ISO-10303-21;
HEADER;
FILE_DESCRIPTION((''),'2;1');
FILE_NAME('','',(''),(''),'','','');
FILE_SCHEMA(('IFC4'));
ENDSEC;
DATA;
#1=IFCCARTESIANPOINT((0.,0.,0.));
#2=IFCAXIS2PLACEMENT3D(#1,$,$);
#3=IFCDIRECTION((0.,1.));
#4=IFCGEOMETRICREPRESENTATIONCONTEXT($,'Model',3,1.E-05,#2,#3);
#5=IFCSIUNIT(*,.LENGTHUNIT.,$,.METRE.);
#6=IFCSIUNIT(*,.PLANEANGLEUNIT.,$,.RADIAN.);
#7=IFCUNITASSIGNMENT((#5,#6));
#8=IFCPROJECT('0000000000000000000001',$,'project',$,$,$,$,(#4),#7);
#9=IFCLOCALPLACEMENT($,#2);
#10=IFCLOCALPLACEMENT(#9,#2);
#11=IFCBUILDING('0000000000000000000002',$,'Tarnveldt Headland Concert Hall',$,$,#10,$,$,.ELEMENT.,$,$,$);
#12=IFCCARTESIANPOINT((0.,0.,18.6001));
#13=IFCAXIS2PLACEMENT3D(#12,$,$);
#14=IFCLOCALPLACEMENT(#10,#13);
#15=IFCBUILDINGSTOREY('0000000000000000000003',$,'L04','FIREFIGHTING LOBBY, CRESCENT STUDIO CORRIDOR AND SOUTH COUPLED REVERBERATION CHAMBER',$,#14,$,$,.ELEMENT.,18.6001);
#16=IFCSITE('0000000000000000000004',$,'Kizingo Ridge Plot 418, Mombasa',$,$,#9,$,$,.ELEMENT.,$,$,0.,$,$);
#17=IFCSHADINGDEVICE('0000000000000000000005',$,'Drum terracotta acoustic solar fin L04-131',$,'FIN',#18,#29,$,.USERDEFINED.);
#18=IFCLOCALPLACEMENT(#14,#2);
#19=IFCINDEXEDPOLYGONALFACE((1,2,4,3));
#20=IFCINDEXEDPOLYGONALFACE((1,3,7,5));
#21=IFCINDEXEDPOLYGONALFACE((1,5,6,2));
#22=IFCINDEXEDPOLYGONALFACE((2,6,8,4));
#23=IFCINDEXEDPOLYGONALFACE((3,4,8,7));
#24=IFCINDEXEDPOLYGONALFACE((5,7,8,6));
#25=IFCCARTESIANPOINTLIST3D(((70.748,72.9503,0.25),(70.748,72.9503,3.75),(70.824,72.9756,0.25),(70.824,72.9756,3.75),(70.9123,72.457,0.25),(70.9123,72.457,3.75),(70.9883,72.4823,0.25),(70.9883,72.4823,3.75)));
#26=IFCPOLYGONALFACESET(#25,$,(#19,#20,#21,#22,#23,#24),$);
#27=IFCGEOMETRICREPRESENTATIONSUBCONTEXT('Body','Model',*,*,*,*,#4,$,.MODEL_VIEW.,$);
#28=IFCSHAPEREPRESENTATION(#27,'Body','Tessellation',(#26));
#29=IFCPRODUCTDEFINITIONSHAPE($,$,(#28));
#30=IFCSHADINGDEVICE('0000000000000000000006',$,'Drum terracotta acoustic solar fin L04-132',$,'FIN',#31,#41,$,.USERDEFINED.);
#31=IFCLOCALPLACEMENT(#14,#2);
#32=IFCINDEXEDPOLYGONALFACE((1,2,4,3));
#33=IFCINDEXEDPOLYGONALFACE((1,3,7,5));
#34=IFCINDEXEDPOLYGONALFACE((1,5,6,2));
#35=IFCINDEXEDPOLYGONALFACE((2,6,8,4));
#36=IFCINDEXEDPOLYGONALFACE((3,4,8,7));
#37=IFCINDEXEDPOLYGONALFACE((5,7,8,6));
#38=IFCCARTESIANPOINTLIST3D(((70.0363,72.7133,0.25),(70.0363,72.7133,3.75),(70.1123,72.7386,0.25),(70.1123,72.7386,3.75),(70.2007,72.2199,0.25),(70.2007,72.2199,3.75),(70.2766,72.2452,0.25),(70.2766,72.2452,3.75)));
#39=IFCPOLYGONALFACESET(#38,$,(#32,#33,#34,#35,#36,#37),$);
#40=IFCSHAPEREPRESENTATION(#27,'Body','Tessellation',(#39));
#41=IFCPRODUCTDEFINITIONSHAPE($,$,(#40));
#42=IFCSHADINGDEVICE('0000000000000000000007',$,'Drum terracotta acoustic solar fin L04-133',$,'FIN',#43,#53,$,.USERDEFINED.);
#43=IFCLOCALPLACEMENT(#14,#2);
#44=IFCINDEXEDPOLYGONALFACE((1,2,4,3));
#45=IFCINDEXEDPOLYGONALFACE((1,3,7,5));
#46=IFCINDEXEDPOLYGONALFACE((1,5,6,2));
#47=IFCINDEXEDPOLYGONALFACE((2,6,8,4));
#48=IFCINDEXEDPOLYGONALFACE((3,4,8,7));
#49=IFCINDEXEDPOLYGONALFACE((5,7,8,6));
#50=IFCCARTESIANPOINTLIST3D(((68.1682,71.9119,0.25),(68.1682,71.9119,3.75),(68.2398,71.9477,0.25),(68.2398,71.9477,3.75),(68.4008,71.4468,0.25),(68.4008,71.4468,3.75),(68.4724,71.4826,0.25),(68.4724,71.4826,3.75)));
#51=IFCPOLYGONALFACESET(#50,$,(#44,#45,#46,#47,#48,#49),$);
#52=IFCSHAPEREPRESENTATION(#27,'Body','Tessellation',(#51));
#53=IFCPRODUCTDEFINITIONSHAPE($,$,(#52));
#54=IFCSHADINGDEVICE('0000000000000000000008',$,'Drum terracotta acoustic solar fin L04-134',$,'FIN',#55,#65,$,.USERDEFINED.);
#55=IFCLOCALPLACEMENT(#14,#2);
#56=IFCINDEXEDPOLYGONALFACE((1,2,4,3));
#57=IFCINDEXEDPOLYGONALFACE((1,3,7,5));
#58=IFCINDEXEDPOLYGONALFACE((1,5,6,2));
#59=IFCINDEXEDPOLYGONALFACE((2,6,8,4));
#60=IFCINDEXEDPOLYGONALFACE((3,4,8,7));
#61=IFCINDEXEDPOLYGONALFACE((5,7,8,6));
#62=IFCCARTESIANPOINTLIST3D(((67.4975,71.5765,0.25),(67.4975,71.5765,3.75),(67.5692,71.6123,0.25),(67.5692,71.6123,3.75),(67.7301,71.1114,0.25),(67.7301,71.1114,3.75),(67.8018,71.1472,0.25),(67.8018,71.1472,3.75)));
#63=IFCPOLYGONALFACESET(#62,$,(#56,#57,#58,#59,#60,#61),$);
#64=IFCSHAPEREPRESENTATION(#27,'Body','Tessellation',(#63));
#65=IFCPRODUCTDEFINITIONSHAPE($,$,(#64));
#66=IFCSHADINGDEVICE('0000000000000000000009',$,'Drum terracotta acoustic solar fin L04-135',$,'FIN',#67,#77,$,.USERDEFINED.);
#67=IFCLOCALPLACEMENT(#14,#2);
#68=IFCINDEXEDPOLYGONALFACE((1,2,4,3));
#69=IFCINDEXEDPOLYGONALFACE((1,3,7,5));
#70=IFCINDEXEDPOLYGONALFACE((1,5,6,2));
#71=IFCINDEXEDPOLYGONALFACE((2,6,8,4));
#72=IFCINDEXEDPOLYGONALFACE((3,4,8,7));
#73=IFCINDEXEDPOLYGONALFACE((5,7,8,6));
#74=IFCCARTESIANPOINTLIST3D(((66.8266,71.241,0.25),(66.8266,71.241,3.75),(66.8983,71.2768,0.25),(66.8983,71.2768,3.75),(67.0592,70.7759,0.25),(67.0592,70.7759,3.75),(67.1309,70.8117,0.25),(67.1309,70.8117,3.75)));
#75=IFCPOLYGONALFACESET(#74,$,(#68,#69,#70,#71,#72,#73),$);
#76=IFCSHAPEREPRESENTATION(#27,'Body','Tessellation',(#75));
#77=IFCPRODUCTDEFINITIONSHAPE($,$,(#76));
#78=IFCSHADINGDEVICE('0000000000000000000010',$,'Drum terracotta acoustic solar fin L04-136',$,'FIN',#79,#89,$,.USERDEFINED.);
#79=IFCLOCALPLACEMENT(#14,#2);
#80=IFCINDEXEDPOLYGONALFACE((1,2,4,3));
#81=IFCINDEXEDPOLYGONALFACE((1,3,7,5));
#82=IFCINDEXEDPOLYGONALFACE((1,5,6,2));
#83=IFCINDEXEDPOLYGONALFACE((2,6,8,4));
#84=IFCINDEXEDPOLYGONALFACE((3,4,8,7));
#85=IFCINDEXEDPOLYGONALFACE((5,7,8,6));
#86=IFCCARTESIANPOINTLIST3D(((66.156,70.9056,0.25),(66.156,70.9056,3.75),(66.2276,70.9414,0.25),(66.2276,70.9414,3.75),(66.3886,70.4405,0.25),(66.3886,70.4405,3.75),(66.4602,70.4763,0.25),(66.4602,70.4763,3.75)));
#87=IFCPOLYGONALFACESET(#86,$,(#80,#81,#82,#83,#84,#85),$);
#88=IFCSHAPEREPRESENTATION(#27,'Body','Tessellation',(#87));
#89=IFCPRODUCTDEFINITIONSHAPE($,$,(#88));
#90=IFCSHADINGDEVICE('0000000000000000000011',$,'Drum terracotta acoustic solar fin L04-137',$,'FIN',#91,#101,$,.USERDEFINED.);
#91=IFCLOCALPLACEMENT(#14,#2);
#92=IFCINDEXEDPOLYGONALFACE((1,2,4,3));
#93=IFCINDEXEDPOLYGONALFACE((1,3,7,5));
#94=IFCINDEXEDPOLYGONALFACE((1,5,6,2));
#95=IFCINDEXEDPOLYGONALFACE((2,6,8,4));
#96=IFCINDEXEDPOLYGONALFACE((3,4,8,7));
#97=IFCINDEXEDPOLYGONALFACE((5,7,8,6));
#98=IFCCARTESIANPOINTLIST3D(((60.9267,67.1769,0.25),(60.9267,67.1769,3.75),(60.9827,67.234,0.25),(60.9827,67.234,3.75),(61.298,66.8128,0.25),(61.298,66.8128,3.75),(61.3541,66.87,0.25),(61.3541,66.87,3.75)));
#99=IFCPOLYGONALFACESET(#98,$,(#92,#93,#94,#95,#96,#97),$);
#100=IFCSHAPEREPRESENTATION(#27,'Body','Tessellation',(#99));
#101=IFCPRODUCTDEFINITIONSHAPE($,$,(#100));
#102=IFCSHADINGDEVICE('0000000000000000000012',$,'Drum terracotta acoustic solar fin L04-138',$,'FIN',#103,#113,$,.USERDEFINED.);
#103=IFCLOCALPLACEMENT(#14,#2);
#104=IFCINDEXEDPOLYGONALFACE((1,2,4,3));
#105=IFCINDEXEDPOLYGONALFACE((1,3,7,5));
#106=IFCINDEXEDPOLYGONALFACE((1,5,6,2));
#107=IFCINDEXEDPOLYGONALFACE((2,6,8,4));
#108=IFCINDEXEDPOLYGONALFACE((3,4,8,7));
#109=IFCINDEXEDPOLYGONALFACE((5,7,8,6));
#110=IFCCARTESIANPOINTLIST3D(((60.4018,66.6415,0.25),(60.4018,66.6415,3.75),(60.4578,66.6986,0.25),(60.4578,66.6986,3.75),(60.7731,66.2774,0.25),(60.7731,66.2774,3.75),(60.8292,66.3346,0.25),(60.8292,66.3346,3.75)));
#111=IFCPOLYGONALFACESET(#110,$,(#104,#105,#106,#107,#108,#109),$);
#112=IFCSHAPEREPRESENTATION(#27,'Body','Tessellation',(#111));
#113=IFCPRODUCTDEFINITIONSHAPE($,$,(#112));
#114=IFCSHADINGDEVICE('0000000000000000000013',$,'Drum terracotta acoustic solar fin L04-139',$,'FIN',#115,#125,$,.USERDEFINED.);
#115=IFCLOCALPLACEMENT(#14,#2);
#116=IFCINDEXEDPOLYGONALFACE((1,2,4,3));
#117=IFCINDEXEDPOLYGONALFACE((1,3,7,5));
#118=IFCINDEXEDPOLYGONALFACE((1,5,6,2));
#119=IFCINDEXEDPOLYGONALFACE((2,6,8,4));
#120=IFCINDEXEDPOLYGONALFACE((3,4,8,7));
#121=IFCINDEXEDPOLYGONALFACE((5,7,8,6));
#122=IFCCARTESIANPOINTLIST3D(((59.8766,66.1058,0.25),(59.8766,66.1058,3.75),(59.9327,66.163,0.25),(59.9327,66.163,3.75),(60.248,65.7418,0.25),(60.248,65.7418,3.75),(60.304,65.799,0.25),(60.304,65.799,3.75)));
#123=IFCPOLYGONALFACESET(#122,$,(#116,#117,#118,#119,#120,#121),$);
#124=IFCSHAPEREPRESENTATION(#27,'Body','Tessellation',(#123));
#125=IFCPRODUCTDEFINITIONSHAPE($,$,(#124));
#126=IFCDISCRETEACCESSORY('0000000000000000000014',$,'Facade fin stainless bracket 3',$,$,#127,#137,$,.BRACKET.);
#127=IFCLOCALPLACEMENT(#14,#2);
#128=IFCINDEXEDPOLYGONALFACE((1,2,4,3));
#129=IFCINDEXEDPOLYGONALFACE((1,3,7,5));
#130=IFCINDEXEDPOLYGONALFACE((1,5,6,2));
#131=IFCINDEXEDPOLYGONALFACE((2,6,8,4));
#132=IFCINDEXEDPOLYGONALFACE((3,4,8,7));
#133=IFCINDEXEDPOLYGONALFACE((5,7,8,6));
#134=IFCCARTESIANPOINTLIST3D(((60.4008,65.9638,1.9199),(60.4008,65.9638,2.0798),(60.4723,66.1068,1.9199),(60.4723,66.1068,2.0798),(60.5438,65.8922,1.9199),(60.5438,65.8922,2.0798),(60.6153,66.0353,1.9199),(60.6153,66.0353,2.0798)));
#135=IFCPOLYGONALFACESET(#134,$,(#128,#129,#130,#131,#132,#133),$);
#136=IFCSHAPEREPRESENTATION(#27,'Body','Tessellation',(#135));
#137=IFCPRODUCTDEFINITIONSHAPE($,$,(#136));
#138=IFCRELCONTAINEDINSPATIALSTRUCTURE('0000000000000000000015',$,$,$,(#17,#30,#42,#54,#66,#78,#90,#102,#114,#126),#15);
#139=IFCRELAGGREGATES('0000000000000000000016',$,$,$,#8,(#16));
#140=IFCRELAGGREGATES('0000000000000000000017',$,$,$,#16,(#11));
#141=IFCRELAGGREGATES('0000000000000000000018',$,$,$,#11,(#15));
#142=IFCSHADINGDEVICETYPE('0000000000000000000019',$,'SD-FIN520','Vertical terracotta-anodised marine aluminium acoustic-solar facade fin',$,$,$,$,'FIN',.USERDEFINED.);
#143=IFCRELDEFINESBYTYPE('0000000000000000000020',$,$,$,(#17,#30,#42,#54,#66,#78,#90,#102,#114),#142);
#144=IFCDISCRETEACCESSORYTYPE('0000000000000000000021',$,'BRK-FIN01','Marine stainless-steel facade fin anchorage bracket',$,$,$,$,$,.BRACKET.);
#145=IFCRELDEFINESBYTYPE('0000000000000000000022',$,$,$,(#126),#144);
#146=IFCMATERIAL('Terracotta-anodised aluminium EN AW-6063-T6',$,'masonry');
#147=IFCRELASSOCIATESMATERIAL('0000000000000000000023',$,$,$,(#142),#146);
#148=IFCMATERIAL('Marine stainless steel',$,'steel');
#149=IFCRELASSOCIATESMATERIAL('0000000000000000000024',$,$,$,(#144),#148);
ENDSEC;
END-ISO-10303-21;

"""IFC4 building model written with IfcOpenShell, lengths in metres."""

from ifc_helpers import new_model, si_unit, direction, frame, origin, origin_2d, place, context, subcontext, project, spatial, rectangle, extrude, material, type_object, element, save


model = new_model("IFC4")

# Units and contexts
model_context = context("Model", 3, precision=1e-05, world=origin(), true_north=direction((0.0, 1.0)))
body_context = subcontext(model_context, "Body", "Model", "MODEL_VIEW")
ifc_project = project(units=[si_unit("LENGTHUNIT", "METRE"), si_unit("PLANEANGLEUNIT", "RADIAN")], contexts=[model_context])

# Site, building, storey
site_placement = place(None, origin())
site = spatial("IfcSite", under=ifc_project, at=site_placement, Name="Kizingo Ridge Plot 418, Mombasa", CompositionType="ELEMENT", RefElevation=0.0)
building_placement = place(site_placement, origin())
building = spatial("IfcBuilding", under=site, at=building_placement, Name="Tarnveldt Headland Concert Hall", CompositionType="ELEMENT")
storey_placement = place(building_placement, frame((0.0, 0.0, 18.6001)))
storey = spatial("IfcBuildingStorey", under=building, at=storey_placement, Name="L04", Description="FIREFIGHTING LOBBY, CRESCENT STUDIO CORRIDOR AND SOUTH COUPLED REVERBERATION CHAMBER", CompositionType="ELEMENT", Elevation=18.6001)

# Shading devices
ifc_material_1 = material(Name="Terracotta-anodised aluminium EN AW-6063-T6", Category="masonry")
shading_device_type = type_object("IfcShadingDeviceType", Name="SD-FIN520", Description="Vertical terracotta-anodised marine aluminium acoustic-solar facade fin", ElementType="FIN", PredefinedType="USERDEFINED", material=ifc_material_1)
for number, where, z_axis, x_axis, name in (
    (1, (70.8682, 72.7163, 0.25), (0.0, 0.0, 1.0), (-0.31598, 0.948766, 0.0), "Drum terracotta acoustic solar fin L04-131"),
    (2, (70.1565, 72.4792, 0.25), (0.0, 0.0, 1.0), (-0.31598, 0.948766, 0.0), "Drum terracotta acoustic solar fin L04-132"),
    (3, (68.3203, 71.6973, 0.25), (0.0, 0.0, 1.0), (-0.447291, 0.894389, 0.0), "Drum terracotta acoustic solar fin L04-133"),
    (4, (67.6497, 71.3618, 0.25), (0.0, 0.0, 1.0), (-0.447291, 0.894389, 0.0), "Drum terracotta acoustic solar fin L04-134"),
    (5, (66.9788, 71.0264, 0.25), (0.0, 0.0, 1.0), (-0.447291, 0.894389, 0.0), "Drum terracotta acoustic solar fin L04-135"),
    (6, (66.3081, 70.6909, 0.25), (0.0, 0.0, 1.0), (-0.447291, 0.894389, 0.0), "Drum terracotta acoustic solar fin L04-136"),
    (7, (61.1404, 67.0234, 0.25), (0.0, 0.0, 1.0), (-0.714106, 0.700037, 0.0), "Drum terracotta acoustic solar fin L04-137"),
    (8, (60.6155, 66.488, 0.25), (0.0, 0.0, 1.0), (-0.714106, 0.700037, 0.0), "Drum terracotta acoustic solar fin L04-138"),
    (9, (60.0903, 65.9524, 0.25), (0.0, 0.0, 1.0), (-0.714106, 0.700037, 0.0), "Drum terracotta acoustic solar fin L04-139"),
):
    element("IfcShadingDevice", number, at=place(storey_placement, frame(where, z_axis=z_axis, x_axis=x_axis)), inside=storey, type_object=shading_device_type, Name=name, ObjectType="FIN", PredefinedType="USERDEFINED", context=body_context, shape_type="SweptSolid", body=[
        extrude(rectangle(XDim=0.52, YDim=0.0801, at=origin_2d()), origin(), (0.0, 0.0, 1.0), 3.5),
    ])

# Discrete accessory
ifc_material_2 = material(Name="Marine stainless steel", Category="steel")
discrete_accessory_type = type_object("IfcDiscreteAccessoryType", Name="BRK-FIN01", Description="Marine stainless-steel facade fin anchorage bracket", PredefinedType="BRACKET", material=ifc_material_2)
discrete_accessory_placement = place(storey_placement, frame((60.5081, 65.9995, 1.9199), z_axis=(0.0, 0.0, 1.0), x_axis=(-0.894389, 0.447291, 0.0)))
element("IfcDiscreteAccessory", 10, at=discrete_accessory_placement, inside=storey, type_object=discrete_accessory_type, Name="Facade fin stainless bracket 3", PredefinedType="BRACKET", context=body_context, shape_type="SweptSolid", body=[
    extrude(rectangle(XDim=0.1599, YDim=0.1599, at=origin_2d()), origin(), (0.0, 0.0, 1.0), 0.1599),
])

save(model, "model.ifc")
